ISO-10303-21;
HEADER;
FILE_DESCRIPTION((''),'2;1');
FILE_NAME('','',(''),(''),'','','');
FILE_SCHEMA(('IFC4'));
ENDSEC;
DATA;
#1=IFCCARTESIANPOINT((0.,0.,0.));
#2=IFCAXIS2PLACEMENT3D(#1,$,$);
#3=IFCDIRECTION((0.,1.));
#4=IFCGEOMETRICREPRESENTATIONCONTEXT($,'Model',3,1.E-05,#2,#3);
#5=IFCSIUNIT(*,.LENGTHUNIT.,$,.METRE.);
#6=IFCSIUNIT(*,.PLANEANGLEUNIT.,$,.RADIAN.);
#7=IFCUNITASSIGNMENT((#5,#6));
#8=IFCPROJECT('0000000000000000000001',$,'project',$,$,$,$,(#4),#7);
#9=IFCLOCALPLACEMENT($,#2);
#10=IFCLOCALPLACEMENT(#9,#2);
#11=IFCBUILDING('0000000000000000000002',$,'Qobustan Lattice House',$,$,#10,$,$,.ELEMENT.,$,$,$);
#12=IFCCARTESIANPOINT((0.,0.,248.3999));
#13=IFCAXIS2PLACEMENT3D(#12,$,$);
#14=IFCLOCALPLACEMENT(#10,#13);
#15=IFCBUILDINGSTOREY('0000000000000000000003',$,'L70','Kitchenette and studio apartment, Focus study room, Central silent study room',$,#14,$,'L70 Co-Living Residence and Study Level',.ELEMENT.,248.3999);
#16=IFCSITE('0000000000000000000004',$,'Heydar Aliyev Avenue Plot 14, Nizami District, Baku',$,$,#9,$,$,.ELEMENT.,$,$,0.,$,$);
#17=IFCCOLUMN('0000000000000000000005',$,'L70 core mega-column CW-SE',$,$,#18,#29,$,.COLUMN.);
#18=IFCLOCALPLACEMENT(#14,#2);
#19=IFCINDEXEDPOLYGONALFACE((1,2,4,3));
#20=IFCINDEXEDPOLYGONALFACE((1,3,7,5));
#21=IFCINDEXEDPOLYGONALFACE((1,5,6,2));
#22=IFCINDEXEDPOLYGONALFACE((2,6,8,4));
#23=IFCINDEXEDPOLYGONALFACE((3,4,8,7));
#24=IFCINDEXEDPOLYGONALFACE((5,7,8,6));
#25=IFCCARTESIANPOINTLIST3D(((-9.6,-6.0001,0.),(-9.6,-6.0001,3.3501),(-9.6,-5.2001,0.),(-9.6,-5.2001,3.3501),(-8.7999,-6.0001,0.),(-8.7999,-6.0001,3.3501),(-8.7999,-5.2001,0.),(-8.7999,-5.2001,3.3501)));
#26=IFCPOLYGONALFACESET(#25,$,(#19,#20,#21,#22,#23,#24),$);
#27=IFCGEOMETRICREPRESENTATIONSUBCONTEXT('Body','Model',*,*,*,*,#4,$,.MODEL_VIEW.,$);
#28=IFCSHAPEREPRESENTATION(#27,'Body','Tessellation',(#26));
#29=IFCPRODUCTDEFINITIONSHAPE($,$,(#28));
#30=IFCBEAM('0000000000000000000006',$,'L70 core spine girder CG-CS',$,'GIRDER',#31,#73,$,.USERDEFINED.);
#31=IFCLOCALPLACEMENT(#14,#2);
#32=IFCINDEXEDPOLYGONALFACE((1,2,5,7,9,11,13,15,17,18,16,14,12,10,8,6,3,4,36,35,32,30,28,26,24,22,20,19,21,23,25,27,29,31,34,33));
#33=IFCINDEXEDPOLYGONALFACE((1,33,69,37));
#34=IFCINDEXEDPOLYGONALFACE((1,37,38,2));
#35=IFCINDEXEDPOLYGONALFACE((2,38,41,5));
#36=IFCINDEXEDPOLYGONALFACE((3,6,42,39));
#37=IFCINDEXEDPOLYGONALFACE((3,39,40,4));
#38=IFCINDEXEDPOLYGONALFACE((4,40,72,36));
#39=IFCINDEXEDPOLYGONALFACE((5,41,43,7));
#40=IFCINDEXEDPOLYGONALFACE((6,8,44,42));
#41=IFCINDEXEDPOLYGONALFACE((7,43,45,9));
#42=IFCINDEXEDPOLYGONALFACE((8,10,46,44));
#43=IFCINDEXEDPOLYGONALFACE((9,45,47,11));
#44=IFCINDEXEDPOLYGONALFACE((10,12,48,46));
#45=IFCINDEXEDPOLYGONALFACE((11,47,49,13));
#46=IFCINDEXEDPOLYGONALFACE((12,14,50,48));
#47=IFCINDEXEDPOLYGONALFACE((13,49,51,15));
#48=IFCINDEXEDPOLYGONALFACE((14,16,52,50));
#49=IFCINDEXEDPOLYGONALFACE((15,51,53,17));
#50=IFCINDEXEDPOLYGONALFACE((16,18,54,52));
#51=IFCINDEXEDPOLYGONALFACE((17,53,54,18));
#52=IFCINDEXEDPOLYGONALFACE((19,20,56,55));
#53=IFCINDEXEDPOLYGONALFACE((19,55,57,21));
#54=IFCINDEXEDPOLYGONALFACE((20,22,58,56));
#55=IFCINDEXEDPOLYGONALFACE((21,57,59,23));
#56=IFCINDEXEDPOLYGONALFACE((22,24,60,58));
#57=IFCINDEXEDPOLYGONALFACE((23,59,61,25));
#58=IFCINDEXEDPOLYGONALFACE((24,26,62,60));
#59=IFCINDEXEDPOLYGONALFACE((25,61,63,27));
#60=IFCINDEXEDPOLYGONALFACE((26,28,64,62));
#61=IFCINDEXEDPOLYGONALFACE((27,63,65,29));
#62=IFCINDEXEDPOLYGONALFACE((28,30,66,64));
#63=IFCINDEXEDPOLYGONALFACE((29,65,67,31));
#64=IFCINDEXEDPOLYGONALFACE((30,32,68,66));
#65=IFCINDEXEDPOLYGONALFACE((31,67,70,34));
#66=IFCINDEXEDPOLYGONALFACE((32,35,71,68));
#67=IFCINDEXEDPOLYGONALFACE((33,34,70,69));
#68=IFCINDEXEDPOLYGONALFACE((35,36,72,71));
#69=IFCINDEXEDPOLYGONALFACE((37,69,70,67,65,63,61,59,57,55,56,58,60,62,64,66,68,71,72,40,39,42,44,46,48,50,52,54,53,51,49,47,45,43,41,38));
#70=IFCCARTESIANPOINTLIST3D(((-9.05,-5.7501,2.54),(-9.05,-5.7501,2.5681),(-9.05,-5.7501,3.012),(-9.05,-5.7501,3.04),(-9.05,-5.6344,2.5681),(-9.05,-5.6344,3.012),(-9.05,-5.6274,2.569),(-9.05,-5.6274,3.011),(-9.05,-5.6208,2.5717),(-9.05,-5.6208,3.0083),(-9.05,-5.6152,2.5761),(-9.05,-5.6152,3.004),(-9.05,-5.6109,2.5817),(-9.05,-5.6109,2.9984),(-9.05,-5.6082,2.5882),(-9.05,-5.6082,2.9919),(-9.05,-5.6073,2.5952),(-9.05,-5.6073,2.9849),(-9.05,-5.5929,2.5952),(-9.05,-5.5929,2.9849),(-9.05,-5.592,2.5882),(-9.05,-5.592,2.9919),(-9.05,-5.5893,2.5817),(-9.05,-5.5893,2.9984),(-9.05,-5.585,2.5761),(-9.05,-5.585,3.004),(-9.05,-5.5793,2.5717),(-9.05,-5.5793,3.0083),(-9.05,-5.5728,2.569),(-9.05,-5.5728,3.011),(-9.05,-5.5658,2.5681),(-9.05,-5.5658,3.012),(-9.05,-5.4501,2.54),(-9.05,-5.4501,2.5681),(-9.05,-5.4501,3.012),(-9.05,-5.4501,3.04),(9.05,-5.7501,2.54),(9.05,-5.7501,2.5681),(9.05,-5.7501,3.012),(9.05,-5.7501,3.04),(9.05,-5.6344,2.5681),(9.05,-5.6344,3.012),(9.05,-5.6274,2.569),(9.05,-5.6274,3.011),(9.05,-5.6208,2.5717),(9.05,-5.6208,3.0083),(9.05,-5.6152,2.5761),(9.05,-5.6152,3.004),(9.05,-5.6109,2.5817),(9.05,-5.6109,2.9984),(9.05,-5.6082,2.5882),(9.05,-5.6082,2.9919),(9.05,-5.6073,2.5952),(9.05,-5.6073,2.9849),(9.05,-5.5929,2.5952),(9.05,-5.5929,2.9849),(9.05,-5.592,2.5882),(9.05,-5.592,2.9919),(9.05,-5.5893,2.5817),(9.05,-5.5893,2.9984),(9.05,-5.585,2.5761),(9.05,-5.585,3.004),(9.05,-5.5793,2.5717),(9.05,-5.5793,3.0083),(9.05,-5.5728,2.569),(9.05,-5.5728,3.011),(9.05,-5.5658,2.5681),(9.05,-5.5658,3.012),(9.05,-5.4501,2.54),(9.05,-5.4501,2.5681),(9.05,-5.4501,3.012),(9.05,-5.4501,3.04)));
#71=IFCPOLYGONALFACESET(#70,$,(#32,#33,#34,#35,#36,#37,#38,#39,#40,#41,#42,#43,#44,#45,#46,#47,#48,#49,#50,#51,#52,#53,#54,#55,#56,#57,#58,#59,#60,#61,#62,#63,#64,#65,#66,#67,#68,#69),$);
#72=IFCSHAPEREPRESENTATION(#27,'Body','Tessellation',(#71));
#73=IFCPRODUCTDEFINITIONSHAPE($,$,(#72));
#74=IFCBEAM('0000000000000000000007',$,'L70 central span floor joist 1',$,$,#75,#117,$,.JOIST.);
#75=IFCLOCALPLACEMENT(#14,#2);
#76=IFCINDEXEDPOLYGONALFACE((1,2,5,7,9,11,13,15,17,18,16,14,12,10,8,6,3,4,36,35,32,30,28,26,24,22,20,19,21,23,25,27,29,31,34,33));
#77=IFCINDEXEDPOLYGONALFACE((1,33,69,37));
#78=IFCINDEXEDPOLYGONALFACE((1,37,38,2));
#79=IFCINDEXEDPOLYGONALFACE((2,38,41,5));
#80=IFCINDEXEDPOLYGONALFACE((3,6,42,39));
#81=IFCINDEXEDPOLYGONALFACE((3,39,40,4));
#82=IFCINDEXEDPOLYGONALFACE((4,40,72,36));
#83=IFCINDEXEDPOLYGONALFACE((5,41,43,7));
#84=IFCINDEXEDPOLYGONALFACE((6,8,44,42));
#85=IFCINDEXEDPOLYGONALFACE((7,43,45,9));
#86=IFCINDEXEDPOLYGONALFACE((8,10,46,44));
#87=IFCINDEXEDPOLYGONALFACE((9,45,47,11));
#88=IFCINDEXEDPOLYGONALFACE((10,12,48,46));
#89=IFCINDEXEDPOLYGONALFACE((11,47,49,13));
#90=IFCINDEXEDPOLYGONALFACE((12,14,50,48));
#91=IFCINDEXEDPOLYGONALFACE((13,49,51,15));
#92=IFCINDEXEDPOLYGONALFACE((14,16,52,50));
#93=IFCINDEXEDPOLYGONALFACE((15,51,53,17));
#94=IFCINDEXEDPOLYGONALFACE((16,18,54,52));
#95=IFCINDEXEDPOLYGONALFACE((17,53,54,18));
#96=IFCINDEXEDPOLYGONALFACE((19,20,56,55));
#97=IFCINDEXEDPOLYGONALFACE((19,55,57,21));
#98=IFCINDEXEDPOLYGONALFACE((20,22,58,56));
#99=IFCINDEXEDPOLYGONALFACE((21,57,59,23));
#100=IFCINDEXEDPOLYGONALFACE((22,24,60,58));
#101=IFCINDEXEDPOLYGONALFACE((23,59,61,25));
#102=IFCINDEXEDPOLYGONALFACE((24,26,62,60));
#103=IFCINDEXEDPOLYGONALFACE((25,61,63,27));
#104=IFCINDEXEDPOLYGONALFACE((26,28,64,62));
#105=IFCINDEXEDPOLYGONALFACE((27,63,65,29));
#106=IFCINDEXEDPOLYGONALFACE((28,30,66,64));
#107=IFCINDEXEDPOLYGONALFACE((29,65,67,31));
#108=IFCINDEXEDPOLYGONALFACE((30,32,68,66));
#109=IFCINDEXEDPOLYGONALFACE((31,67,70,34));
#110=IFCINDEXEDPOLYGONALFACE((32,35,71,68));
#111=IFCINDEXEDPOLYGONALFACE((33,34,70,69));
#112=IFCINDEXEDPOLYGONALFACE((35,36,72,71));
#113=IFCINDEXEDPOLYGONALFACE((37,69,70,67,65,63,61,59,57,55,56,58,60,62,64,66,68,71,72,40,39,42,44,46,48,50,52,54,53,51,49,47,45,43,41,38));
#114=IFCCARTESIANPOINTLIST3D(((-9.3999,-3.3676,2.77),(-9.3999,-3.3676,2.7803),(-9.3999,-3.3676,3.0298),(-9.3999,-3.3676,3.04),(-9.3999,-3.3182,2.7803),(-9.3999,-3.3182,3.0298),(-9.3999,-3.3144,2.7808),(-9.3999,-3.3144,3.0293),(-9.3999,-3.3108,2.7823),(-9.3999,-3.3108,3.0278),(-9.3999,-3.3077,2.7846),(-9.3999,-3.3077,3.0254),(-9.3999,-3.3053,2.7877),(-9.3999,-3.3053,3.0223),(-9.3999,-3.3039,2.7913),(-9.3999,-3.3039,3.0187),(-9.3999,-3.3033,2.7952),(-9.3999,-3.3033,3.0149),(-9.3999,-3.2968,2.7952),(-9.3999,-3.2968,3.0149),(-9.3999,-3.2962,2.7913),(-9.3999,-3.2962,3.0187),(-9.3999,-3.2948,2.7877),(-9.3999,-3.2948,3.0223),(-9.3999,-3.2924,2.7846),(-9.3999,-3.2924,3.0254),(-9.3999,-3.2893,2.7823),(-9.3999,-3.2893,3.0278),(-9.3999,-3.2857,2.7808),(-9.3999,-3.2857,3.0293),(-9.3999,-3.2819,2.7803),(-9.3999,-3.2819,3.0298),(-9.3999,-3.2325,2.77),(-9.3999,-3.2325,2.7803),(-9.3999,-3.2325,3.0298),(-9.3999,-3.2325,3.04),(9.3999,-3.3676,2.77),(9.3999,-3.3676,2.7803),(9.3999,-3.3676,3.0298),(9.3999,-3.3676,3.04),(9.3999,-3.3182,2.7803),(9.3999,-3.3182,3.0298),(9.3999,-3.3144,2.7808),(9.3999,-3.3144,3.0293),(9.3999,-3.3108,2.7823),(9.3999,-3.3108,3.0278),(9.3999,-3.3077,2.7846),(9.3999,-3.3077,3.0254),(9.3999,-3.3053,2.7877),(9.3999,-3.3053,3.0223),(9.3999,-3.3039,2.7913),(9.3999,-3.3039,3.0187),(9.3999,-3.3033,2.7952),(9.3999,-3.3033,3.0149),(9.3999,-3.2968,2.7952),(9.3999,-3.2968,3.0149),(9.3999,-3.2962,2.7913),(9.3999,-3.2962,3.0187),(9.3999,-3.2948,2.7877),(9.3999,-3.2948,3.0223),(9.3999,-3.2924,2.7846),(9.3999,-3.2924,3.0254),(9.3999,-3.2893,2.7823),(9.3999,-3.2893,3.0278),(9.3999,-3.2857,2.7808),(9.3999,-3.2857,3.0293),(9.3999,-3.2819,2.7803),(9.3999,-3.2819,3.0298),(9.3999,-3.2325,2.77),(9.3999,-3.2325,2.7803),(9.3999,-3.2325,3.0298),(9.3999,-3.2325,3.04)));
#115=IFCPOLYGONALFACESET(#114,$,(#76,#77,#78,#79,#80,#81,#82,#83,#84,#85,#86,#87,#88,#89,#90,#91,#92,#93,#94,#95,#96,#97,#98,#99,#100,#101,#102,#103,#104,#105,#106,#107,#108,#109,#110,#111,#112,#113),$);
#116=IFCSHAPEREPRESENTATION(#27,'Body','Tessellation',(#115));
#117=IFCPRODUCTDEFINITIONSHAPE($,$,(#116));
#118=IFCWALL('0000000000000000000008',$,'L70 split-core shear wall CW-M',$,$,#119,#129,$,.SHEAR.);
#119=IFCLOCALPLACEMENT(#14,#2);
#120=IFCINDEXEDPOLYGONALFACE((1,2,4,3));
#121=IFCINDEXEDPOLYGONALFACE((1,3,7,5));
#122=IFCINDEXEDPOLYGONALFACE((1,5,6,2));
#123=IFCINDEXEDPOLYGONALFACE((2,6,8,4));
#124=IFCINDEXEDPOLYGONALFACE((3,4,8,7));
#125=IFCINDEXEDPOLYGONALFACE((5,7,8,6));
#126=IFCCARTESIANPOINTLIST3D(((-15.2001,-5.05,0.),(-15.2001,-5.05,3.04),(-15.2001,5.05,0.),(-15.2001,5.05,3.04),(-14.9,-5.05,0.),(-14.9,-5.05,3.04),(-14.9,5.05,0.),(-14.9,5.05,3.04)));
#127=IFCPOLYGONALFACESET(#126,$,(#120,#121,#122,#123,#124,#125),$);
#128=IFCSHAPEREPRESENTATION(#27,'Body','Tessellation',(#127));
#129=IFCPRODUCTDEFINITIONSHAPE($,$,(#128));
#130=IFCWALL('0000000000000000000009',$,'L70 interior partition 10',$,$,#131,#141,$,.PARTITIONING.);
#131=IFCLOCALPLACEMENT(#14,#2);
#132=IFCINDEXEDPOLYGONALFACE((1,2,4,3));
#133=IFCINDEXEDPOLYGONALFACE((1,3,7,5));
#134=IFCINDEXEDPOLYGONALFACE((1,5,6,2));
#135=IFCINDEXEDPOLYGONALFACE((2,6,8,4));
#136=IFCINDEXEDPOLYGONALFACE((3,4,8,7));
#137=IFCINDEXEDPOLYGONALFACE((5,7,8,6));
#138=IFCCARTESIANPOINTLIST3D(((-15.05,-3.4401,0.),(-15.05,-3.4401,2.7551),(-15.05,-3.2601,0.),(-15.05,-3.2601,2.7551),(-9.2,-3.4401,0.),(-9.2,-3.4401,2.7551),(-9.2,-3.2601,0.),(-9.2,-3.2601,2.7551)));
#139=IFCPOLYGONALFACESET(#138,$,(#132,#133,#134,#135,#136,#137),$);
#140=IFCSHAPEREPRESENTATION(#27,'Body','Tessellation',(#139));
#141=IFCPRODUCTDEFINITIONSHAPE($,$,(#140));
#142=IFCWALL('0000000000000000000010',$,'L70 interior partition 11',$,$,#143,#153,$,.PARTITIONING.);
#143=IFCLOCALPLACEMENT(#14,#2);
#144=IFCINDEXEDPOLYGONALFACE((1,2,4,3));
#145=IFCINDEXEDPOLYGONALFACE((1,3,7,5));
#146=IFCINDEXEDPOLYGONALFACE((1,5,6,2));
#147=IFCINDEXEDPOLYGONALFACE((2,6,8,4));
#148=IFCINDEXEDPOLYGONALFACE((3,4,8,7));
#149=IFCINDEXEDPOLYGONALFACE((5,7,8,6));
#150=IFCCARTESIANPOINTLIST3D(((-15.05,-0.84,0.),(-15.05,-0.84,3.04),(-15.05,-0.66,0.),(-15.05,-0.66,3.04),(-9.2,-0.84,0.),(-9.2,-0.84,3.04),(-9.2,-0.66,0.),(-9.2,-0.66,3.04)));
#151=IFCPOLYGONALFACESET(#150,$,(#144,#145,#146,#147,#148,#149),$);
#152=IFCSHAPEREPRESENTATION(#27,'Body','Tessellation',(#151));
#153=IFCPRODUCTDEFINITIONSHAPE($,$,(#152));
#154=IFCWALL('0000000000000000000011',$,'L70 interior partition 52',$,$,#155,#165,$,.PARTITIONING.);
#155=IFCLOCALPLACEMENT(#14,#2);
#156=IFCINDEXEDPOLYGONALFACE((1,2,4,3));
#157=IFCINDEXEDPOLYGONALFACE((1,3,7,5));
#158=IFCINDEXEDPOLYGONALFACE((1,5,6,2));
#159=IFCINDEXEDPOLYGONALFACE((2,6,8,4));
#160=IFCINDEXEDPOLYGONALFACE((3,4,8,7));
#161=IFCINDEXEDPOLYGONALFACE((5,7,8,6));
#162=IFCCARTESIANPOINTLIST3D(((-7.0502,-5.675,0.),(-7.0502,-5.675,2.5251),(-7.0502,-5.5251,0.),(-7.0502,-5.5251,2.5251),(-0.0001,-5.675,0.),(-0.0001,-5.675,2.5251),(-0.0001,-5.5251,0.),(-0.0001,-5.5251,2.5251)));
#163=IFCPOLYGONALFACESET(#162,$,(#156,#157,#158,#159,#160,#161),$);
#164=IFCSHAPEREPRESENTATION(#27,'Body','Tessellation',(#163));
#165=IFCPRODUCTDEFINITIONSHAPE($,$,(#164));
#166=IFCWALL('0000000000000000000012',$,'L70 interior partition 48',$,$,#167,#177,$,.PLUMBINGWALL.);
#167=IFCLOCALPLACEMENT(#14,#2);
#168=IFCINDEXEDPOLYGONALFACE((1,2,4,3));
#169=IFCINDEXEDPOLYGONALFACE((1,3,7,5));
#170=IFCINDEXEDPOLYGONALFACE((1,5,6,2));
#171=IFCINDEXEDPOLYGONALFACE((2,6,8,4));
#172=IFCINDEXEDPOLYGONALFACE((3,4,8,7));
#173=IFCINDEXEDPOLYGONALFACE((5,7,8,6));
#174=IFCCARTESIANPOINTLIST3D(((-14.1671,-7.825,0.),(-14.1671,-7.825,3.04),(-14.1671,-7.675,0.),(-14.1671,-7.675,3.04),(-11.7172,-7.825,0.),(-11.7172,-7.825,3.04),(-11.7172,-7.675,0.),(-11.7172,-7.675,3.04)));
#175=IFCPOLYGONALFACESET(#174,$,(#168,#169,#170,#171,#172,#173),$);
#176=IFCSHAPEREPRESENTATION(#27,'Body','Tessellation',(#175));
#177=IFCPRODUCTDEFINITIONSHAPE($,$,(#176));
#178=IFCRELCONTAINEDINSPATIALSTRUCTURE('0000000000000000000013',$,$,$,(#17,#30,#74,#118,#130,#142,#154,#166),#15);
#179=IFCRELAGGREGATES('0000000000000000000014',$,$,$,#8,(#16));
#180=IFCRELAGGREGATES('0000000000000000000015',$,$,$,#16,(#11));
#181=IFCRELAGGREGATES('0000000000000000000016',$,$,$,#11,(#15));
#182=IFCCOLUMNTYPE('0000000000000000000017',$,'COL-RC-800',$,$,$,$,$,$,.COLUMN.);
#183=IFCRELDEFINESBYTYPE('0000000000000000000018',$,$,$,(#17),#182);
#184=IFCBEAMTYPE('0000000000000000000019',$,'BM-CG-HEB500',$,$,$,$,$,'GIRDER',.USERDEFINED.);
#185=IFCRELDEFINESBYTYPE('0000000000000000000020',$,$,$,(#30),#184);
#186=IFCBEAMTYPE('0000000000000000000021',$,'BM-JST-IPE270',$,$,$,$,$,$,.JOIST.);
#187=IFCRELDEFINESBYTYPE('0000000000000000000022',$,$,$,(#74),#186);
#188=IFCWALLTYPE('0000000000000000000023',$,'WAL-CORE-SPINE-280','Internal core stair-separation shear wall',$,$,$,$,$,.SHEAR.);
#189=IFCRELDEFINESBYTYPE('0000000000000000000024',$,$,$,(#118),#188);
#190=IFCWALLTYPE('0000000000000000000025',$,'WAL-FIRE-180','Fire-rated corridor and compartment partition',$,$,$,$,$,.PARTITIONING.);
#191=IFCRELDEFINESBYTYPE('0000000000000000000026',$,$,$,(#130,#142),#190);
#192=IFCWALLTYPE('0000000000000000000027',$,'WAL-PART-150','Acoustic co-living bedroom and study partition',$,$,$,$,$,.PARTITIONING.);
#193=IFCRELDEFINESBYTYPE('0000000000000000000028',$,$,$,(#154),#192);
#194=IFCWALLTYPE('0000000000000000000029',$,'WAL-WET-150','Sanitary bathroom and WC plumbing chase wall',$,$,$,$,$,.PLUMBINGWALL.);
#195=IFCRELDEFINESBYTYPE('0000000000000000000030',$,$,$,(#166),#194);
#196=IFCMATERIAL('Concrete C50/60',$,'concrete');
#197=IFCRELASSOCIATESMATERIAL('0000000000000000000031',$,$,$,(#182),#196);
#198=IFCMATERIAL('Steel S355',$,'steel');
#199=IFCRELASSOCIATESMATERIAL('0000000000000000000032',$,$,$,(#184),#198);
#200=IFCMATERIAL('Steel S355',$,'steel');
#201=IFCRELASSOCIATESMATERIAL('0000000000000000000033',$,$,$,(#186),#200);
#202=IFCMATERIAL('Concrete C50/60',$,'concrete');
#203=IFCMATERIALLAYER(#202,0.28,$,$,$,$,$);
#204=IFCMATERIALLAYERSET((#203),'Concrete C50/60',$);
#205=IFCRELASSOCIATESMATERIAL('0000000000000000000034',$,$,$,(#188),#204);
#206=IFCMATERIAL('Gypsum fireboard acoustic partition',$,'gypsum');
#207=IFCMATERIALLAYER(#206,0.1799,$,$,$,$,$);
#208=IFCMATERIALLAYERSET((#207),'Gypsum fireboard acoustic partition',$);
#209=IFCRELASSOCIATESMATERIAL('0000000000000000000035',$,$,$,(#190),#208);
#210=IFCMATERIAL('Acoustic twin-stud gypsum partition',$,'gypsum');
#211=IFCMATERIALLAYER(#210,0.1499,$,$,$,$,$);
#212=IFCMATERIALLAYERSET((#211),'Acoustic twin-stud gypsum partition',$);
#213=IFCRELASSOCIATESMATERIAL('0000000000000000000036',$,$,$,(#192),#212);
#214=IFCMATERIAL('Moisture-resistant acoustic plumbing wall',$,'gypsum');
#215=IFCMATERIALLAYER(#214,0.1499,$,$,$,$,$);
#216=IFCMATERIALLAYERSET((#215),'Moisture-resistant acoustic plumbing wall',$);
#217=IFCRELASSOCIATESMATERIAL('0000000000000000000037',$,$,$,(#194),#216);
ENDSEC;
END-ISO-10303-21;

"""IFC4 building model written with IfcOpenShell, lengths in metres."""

from ifc_helpers import new_model, si_unit, direction, frame, frame_2d, origin, origin_2d, place, context, subcontext, project, spatial, rectangle, i_section, extrude, material, layer, layer_set, material_profile, profile_set, type_object, element, save


model = new_model("IFC4")

# Units and contexts
model_context = context("Model", 3, precision=1e-05, world=origin(), true_north=direction((0.0, 1.0)))
body_context = subcontext(model_context, "Body", "Model", "MODEL_VIEW")
ifc_project = project(units=[si_unit("LENGTHUNIT", "METRE"), si_unit("PLANEANGLEUNIT", "RADIAN")], contexts=[model_context])

# Site, building, storey
site_placement = place(None, origin())
site = spatial("IfcSite", under=ifc_project, at=site_placement, Name="Heydar Aliyev Avenue Plot 14, Nizami District, Baku", CompositionType="ELEMENT", RefElevation=0.0)
building_placement = place(site_placement, origin())
building = spatial("IfcBuilding", under=site, at=building_placement, Name="Qobustan Lattice House", CompositionType="ELEMENT")
storey_placement = place(building_placement, frame((0.0, 0.0, 248.3999)))
storey = spatial("IfcBuildingStorey", under=building, at=storey_placement, Name="L70", Description="Kitchenette and studio apartment, Focus study room, Central silent study room", LongName="L70 Co-Living Residence and Study Level", CompositionType="ELEMENT", Elevation=248.3999)

# Column
ifc_material_1 = material(Name="Concrete C50/60", Category="concrete")
ifc_material_profile_1 = material_profile(ifc_material_1, rectangle(XDim=0.8, YDim=0.8, at=origin_2d()), Name="RC800x800")
ifc_profile_set_1 = profile_set([ifc_material_profile_1], Name="Concrete C50/60")
column_type = type_object("IfcColumnType", Name="COL-RC-800", PredefinedType="COLUMN", material=ifc_profile_set_1)
column_placement = place(storey_placement, frame((-9.2, -5.6001, 0.0), z_axis=(0.0, 0.0, 1.0), x_axis=(1.0, 0.0, 0.0)))
element("IfcColumn", 1, at=column_placement, inside=storey, type_object=column_type, Name="L70 core mega-column CW-SE", PredefinedType="COLUMN", context=body_context, shape_type="SweptSolid", body=[
    extrude(rectangle(XDim=0.8, YDim=0.8, at=origin_2d()), origin(), (0.0, 0.0, 1.0), 3.3501),
])

# Beams
ifc_material_2 = material(Name="Steel S355", Category="steel")
ifc_material_profile_2 = material_profile(ifc_material_2, i_section(OverallWidth=0.3, OverallDepth=0.5, WebThickness=0.0144, FlangeThickness=0.0281, FilletRadius=0.0271, at=origin_2d()), Name="HEB500")
ifc_profile_set_2 = profile_set([ifc_material_profile_2], Name="Steel S355")
beam_type_1 = type_object("IfcBeamType", Name="BM-CG-HEB500", ElementType="GIRDER", PredefinedType="USERDEFINED", material=ifc_profile_set_2)
beam_1_placement = place(storey_placement, frame((-9.05, -5.6001, 2.79), z_axis=(1.0, 0.0, 0.0), x_axis=(0.0, 1.0, 0.0)))
element("IfcBeam", 2, at=beam_1_placement, inside=storey, type_object=beam_type_1, Name="L70 core spine girder CG-CS", ObjectType="GIRDER", PredefinedType="USERDEFINED", context=body_context, shape_type="SweptSolid", body=[
    extrude(i_section(OverallWidth=0.3, OverallDepth=0.5, WebThickness=0.0144, FlangeThickness=0.0281, FilletRadius=0.0271, at=origin_2d()), origin(), (0.0, 0.0, 1.0), 18.1001),
])
ifc_material_3 = material(Name="Steel S355", Category="steel")
ifc_material_profile_3 = material_profile(ifc_material_3, i_section(OverallWidth=0.135, OverallDepth=0.27, WebThickness=0.0066, FlangeThickness=0.0103, FilletRadius=0.0149, at=origin_2d()), Name="IPE270")
ifc_profile_set_3 = profile_set([ifc_material_profile_3], Name="Steel S355")
beam_type_2 = type_object("IfcBeamType", Name="BM-JST-IPE270", PredefinedType="JOIST", material=ifc_profile_set_3)
beam_2_placement = place(storey_placement, frame((-9.3999, -3.3, 2.905), z_axis=(1.0, 0.0, 0.0), x_axis=(0.0, 1.0, 0.0)))
element("IfcBeam", 3, at=beam_2_placement, inside=storey, type_object=beam_type_2, Name="L70 central span floor joist 1", PredefinedType="JOIST", context=body_context, shape_type="SweptSolid", body=[
    extrude(i_section(OverallWidth=0.135, OverallDepth=0.27, WebThickness=0.0066, FlangeThickness=0.0103, FilletRadius=0.0149, at=origin_2d()), origin(), (0.0, 0.0, 1.0), 18.7998),
])

# Walls
ifc_material_4 = material(Name="Concrete C50/60", Category="concrete")
ifc_layer_1 = layer(ifc_material_4, 0.28)
ifc_layer_set_1 = layer_set([ifc_layer_1], Name="Concrete C50/60")
wall_type_1 = type_object("IfcWallType", Name="WAL-CORE-SPINE-280", Description="Internal core stair-separation shear wall", PredefinedType="SHEAR", material=ifc_layer_set_1)
wall_1_placement = place(storey_placement, frame((-15.05, -5.05, 0.0), z_axis=(0.0, 0.0, 1.0), x_axis=(0.0, 1.0, 0.0)))
element("IfcWall", 4, at=wall_1_placement, inside=storey, type_object=wall_type_1, Name="L70 split-core shear wall CW-M", PredefinedType="SHEAR", context=body_context, shape_type="SweptSolid", body=[
    extrude(rectangle(XDim=10.1001, YDim=0.3, at=frame_2d((5.05, 0.0))), origin(), (0.0, 0.0, 1.0), 3.04),
])
ifc_material_5 = material(Name="Gypsum fireboard acoustic partition", Category="gypsum")
ifc_layer_2 = layer(ifc_material_5, 0.1799)
ifc_layer_set_2 = layer_set([ifc_layer_2], Name="Gypsum fireboard acoustic partition")
wall_type_2 = type_object("IfcWallType", Name="WAL-FIRE-180", Description="Fire-rated corridor and compartment partition", PredefinedType="PARTITIONING", material=ifc_layer_set_2)
wall_2_placement = place(storey_placement, frame((-15.05, -3.3501, 0.0), z_axis=(0.0, 0.0, 1.0), x_axis=(1.0, 0.0, 0.0)))
element("IfcWall", 5, at=wall_2_placement, inside=storey, type_object=wall_type_2, Name="L70 interior partition 10", PredefinedType="PARTITIONING", context=body_context, shape_type="SweptSolid", body=[
    extrude(rectangle(XDim=5.8501, YDim=0.1799, at=frame_2d((2.925, 0.0))), origin(), (0.0, 0.0, 1.0), 2.7551),
])
wall_3_placement = place(storey_placement, frame((-9.2, -0.75, 0.0), z_axis=(0.0, 0.0, 1.0), x_axis=(-1.0, 0.0, 0.0)))
element("IfcWall", 6, at=wall_3_placement, inside=storey, type_object=wall_type_2, Name="L70 interior partition 11", PredefinedType="PARTITIONING", context=body_context, shape_type="SweptSolid", body=[
    extrude(rectangle(XDim=5.8501, YDim=0.1799, at=frame_2d((2.925, 0.0))), origin(), (0.0, 0.0, 1.0), 3.04),
])

# Walls
ifc_material_6 = material(Name="Acoustic twin-stud gypsum partition", Category="gypsum")
ifc_layer_3 = layer(ifc_material_6, 0.1499)
ifc_layer_set_3 = layer_set([ifc_layer_3], Name="Acoustic twin-stud gypsum partition")
wall_type_3 = type_object("IfcWallType", Name="WAL-PART-150", Description="Acoustic co-living bedroom and study partition", PredefinedType="PARTITIONING", material=ifc_layer_set_3)
wall_4_placement = place(storey_placement, frame((-7.05, -5.6001, 0.0), z_axis=(0.0, 0.0, 1.0), x_axis=(1.0, 0.0, 0.0)))
element("IfcWall", 7, at=wall_4_placement, inside=storey, type_object=wall_type_3, Name="L70 interior partition 52", PredefinedType="PARTITIONING", context=body_context, shape_type="SweptSolid", body=[
    extrude(rectangle(XDim=7.05, YDim=0.1499, at=frame_2d((3.5249, 0.0))), origin(), (0.0, 0.0, 1.0), 2.5251),
])
ifc_material_7 = material(Name="Moisture-resistant acoustic plumbing wall", Category="gypsum")
ifc_layer_4 = layer(ifc_material_7, 0.1499)
ifc_layer_set_4 = layer_set([ifc_layer_4], Name="Moisture-resistant acoustic plumbing wall")
wall_type_4 = type_object("IfcWallType", Name="WAL-WET-150", Description="Sanitary bathroom and WC plumbing chase wall", PredefinedType="PLUMBINGWALL", material=ifc_layer_set_4)
for number, where, z_axis, x_axis, name in (
    (8, (-11.717, -7.75, 0.0), (0.0, 0.0, 1.0), (-1.0, 0.0, 0.0), "L70 interior partition 48"),
):
    element("IfcWall", number, at=place(storey_placement, frame(where, z_axis=z_axis, x_axis=x_axis)), inside=storey, type_object=wall_type_4, Name=name, PredefinedType="PLUMBINGWALL", context=body_context, shape_type="SweptSolid", body=[
        extrude(rectangle(XDim=2.45, YDim=0.1499, at=frame_2d((1.2251, 0.0))), origin(), (0.0, 0.0, 1.0), 3.04),
    ])

save(model, "model.ifc")
